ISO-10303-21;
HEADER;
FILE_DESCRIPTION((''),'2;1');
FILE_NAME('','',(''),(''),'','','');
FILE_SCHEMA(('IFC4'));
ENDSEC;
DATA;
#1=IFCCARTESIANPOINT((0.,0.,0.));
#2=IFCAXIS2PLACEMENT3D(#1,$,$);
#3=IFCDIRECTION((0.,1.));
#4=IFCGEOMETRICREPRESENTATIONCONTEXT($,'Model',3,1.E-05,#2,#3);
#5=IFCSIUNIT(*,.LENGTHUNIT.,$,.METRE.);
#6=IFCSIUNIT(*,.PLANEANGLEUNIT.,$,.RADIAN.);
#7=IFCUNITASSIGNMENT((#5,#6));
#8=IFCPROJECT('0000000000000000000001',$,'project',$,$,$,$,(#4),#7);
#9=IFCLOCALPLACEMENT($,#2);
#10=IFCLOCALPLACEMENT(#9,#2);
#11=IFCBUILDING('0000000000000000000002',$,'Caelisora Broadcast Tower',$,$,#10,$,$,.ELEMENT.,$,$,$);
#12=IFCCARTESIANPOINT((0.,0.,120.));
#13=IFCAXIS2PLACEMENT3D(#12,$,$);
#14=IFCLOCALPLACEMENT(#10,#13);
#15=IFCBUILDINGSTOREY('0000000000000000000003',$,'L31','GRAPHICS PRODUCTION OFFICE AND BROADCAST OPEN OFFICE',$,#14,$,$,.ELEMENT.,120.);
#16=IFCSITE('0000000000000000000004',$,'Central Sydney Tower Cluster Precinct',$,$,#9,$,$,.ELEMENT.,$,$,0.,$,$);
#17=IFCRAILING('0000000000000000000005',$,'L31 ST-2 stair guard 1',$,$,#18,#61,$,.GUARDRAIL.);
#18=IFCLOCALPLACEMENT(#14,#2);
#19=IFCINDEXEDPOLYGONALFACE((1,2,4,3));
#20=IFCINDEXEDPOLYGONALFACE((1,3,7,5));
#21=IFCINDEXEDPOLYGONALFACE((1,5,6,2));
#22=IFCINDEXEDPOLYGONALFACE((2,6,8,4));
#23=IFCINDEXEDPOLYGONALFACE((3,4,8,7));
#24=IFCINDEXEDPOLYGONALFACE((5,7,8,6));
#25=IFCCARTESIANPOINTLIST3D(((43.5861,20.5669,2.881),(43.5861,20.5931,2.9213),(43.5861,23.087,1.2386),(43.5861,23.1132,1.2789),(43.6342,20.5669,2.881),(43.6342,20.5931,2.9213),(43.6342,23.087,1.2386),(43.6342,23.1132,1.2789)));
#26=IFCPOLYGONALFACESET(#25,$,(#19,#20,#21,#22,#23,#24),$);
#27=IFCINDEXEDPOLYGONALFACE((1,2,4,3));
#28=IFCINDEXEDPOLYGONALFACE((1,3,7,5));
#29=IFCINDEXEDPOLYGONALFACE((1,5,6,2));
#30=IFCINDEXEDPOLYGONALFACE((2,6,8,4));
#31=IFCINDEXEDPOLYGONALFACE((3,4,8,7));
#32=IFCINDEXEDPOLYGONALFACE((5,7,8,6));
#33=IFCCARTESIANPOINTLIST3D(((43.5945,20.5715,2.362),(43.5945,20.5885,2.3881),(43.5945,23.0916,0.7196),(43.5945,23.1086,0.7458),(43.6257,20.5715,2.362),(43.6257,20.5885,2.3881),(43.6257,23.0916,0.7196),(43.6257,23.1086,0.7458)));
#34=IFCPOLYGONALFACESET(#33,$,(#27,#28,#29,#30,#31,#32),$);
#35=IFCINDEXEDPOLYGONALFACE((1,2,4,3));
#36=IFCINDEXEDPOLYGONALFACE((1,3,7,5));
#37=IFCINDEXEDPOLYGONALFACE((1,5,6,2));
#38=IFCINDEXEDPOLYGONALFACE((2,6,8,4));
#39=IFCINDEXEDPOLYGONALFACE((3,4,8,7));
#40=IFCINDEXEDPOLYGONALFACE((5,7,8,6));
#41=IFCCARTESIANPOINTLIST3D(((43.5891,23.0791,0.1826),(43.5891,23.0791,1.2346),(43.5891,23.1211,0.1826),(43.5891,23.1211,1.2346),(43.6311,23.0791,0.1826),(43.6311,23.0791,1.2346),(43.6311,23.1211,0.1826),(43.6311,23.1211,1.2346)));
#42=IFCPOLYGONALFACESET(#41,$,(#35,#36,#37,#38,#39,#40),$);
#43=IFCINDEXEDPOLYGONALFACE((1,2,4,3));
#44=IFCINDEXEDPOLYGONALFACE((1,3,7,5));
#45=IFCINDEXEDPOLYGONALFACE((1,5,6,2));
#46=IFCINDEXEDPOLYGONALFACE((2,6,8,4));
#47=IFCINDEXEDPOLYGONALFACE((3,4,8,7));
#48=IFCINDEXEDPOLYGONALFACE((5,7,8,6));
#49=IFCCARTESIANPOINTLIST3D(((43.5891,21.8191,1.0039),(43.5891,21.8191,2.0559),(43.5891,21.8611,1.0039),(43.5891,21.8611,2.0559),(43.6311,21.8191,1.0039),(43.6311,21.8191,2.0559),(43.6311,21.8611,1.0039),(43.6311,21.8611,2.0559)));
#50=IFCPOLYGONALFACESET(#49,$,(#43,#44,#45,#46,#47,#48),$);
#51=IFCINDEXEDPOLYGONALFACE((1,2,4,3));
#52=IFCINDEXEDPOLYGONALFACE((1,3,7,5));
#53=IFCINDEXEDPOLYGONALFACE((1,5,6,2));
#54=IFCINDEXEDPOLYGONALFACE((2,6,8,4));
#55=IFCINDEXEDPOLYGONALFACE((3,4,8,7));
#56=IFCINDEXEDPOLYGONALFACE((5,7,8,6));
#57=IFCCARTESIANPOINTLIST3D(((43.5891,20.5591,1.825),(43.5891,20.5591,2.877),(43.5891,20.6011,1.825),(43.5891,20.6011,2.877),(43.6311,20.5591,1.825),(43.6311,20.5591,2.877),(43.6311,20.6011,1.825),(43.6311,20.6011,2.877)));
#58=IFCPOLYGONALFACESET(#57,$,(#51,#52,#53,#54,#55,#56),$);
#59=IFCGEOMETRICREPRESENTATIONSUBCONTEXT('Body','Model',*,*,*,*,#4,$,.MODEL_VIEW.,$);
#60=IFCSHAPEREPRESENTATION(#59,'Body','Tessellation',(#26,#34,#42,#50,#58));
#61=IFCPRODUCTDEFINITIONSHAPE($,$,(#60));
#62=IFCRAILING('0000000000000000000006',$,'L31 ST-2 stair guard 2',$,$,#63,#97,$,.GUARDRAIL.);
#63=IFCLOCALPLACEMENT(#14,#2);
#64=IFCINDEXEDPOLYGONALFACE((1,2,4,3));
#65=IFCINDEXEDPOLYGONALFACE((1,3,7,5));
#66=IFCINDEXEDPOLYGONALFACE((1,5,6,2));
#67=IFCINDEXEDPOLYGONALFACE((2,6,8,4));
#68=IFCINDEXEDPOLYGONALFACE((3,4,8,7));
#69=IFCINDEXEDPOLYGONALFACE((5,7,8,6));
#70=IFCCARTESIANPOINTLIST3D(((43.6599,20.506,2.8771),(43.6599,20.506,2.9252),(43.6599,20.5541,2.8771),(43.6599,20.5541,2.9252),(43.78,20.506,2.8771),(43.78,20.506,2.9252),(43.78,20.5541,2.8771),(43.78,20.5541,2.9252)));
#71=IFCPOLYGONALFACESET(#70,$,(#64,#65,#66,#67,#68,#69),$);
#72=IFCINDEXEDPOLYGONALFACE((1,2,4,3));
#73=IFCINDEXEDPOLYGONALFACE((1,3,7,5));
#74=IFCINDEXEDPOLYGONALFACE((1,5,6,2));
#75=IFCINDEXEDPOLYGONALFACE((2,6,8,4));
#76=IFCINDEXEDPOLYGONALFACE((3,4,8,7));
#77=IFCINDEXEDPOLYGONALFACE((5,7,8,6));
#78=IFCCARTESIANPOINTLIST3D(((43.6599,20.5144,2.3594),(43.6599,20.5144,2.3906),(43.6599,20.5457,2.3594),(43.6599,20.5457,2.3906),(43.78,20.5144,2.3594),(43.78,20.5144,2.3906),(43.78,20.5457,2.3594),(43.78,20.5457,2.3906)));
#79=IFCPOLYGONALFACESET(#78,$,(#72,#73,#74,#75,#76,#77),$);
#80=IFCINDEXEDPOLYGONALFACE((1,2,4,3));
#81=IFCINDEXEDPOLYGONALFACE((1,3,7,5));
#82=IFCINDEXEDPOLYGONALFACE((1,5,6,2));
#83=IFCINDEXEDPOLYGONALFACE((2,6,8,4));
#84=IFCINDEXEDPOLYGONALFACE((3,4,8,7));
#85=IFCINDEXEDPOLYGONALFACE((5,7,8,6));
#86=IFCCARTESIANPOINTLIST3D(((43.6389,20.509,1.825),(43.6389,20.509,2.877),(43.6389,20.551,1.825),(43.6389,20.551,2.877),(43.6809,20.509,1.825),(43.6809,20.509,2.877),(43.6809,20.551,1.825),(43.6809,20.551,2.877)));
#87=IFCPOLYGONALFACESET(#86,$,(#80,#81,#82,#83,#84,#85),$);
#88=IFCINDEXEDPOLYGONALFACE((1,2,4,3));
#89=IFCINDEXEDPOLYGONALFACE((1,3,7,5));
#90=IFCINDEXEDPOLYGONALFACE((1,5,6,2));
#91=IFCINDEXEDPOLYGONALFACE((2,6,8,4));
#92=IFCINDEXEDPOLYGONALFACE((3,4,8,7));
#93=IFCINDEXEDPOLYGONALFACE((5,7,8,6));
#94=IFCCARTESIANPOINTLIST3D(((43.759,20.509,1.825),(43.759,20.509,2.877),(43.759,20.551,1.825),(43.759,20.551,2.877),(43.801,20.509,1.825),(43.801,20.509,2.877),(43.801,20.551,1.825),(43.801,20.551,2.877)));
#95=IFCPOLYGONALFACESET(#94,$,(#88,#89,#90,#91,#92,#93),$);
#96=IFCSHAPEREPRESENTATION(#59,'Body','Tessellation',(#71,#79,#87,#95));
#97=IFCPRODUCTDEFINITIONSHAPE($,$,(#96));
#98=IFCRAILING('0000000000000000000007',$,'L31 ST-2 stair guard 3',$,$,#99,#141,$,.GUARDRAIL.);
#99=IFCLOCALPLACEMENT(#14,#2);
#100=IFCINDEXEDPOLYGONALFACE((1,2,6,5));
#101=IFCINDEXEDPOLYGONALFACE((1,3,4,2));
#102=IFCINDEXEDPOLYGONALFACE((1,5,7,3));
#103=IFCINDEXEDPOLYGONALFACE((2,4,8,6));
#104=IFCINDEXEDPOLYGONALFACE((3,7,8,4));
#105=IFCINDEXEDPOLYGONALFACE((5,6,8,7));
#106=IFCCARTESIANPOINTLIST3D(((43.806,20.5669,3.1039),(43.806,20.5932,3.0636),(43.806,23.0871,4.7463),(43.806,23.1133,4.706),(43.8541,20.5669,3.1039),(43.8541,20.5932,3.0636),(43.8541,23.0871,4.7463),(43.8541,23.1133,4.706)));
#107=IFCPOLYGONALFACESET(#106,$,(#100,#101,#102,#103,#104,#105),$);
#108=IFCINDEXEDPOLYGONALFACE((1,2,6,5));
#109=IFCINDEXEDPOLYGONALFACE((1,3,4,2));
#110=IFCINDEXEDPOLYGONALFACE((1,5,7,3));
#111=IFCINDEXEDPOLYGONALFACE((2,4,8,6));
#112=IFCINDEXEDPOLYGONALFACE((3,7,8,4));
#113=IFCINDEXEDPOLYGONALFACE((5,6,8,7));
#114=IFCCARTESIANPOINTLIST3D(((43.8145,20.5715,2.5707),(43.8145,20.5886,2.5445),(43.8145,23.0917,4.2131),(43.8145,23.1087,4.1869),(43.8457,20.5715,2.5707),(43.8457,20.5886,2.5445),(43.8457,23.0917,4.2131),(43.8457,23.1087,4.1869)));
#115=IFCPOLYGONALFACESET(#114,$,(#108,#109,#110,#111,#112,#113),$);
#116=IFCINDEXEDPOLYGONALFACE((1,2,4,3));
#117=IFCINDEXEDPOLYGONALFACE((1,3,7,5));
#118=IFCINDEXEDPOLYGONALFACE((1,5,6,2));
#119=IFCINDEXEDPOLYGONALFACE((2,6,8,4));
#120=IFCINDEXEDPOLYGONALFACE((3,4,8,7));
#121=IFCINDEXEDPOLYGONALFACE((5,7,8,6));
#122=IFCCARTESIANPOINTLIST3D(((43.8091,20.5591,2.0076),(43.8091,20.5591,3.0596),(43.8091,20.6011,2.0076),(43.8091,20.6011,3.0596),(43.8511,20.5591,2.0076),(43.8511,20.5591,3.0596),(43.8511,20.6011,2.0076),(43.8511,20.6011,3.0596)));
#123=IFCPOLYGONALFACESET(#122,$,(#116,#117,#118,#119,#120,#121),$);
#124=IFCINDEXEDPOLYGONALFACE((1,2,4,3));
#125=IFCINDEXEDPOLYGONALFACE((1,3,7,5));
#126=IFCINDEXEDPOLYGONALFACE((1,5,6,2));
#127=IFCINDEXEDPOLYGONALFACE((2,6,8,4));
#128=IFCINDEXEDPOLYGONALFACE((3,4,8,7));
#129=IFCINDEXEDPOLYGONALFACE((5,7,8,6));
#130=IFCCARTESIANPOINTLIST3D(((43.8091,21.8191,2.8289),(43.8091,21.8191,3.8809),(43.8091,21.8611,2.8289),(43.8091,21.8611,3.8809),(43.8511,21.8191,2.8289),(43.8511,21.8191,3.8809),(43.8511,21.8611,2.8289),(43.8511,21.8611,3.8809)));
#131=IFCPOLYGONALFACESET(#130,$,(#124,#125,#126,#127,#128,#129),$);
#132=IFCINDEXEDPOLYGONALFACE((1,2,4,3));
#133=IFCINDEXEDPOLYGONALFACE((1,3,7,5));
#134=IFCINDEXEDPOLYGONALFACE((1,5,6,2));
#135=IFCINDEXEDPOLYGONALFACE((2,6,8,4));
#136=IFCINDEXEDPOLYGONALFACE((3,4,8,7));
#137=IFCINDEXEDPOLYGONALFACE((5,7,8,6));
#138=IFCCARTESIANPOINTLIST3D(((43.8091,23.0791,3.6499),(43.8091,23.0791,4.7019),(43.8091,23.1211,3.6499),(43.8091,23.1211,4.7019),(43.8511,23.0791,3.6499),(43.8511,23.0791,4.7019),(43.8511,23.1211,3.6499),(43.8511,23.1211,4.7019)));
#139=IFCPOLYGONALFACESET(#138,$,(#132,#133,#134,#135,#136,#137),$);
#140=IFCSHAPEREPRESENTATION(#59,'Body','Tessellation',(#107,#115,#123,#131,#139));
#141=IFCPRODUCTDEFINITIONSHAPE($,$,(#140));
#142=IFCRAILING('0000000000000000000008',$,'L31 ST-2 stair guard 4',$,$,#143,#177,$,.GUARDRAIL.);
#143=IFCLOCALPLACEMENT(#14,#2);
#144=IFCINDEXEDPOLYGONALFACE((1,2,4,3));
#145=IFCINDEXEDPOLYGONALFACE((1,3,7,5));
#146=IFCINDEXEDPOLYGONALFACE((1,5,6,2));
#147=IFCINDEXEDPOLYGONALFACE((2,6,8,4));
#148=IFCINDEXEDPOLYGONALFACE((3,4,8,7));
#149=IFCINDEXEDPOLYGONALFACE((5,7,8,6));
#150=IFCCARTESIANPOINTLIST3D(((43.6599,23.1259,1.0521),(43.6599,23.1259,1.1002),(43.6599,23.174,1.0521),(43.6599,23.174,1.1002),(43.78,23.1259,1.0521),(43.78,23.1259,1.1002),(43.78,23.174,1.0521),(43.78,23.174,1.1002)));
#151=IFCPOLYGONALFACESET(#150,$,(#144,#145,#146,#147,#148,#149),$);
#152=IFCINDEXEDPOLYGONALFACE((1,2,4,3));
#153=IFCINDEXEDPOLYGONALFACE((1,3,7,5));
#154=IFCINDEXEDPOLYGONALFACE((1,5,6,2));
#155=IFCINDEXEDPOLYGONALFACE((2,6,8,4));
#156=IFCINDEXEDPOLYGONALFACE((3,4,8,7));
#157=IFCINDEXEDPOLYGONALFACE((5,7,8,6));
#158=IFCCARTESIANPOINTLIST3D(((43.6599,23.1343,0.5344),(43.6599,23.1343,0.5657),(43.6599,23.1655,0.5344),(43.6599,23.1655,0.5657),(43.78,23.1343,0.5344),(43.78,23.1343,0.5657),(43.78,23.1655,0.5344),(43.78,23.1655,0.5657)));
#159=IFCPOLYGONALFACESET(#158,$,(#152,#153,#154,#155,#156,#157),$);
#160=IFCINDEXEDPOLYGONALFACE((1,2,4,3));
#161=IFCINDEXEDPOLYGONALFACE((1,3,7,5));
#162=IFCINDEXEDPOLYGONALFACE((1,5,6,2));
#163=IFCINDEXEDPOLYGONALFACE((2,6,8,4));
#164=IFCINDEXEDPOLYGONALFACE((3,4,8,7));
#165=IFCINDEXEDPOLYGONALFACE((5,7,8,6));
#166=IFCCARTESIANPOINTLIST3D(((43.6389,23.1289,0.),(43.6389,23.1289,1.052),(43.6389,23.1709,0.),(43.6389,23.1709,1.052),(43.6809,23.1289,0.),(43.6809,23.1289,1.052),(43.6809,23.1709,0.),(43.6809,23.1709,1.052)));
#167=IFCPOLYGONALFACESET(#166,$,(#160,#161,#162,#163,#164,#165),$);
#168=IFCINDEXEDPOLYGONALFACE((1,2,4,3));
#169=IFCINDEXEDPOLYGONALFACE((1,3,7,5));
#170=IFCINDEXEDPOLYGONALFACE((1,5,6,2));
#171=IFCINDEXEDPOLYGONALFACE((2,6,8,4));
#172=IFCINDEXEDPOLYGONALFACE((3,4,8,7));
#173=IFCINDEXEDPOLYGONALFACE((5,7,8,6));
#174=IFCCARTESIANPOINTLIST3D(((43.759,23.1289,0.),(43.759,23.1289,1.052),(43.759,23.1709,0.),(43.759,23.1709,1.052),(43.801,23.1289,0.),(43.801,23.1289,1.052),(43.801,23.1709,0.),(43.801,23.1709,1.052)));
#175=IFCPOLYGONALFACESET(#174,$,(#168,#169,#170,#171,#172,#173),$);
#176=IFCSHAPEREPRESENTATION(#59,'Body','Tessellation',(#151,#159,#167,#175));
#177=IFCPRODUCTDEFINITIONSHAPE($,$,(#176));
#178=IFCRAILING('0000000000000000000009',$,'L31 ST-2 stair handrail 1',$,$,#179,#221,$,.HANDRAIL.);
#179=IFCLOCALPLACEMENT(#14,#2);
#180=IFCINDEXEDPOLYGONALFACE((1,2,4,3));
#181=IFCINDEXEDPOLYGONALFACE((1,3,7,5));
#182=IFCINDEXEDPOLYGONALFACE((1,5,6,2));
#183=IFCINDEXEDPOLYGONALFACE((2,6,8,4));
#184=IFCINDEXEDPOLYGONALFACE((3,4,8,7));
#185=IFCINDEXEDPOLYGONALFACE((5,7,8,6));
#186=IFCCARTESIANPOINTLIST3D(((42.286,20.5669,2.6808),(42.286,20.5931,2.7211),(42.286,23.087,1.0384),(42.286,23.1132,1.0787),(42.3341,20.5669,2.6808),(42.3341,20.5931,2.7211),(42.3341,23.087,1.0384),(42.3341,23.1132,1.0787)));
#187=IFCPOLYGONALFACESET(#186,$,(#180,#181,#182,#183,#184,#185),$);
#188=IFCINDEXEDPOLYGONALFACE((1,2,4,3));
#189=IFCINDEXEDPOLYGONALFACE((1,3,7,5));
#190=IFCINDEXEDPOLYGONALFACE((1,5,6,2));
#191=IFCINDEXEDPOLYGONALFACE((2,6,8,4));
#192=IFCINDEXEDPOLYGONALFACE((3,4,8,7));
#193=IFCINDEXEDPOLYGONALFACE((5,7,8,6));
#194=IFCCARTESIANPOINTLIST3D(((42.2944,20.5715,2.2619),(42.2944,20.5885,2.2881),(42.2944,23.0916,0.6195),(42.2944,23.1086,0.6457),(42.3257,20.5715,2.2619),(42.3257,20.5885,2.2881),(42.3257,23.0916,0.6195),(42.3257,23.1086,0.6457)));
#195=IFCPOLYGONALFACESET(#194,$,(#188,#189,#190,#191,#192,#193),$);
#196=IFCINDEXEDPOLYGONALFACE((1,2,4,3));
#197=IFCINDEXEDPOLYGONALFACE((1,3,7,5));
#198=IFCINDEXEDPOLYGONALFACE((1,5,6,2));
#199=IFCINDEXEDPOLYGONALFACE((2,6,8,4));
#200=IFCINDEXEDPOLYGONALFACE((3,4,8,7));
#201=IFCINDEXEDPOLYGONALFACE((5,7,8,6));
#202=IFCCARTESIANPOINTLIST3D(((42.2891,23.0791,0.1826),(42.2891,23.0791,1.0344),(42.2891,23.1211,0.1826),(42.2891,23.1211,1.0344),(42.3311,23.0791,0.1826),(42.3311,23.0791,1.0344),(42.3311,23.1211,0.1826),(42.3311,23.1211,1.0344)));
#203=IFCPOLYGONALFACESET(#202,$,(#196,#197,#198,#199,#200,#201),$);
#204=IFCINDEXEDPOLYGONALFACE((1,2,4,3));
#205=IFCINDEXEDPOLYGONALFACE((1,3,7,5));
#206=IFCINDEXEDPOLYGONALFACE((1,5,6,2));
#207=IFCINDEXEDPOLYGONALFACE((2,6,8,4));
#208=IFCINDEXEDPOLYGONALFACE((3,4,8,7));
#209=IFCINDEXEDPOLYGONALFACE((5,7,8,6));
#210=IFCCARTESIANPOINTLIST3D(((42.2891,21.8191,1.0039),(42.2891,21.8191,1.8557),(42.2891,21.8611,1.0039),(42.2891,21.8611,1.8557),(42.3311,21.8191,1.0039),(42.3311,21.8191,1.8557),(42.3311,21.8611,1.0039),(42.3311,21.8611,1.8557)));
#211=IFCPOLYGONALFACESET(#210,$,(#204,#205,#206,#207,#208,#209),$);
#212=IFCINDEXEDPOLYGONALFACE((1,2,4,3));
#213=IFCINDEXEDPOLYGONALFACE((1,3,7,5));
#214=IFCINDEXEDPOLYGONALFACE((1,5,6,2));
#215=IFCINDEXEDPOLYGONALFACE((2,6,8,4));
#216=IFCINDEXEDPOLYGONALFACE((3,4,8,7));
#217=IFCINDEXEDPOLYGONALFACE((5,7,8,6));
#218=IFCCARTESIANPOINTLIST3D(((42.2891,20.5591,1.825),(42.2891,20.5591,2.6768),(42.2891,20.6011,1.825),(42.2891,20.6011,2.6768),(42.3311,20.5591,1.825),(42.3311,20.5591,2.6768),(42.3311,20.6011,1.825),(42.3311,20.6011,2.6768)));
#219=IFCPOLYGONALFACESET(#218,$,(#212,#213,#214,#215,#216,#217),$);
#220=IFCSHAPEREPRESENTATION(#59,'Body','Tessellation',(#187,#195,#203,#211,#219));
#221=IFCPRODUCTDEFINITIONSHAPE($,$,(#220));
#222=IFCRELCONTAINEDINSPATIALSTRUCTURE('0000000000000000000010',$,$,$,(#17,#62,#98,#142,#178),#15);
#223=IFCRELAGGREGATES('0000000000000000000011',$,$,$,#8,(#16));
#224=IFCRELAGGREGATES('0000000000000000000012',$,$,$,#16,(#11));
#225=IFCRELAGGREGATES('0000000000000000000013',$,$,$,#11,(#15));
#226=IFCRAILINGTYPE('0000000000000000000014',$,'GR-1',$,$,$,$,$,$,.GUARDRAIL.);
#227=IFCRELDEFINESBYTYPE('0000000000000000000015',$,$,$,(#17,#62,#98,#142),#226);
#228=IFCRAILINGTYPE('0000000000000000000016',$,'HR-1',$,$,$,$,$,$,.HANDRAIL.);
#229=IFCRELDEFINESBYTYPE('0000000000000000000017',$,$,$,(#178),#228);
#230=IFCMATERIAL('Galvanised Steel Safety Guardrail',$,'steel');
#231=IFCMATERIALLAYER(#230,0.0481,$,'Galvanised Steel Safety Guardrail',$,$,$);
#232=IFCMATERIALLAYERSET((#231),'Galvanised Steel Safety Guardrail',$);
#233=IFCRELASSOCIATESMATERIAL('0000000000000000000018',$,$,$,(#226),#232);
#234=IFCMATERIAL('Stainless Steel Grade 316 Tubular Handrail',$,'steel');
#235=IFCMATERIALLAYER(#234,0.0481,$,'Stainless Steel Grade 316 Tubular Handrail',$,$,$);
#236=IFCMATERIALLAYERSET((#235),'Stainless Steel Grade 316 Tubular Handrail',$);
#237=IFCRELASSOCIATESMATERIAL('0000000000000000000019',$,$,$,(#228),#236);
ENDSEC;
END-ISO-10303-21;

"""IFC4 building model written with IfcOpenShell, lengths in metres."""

from ifc_helpers import new_model, si_unit, direction, frame, origin, origin_2d, place, context, subcontext, project, spatial, rectangle, extrude, material, layer, layer_set, type_object, element, save


model = new_model("IFC4")

# Units and contexts
model_context = context("Model", 3, precision=1e-05, world=origin(), true_north=direction((0.0, 1.0)))
body_context = subcontext(model_context, "Body", "Model", "MODEL_VIEW")
ifc_project = project(units=[si_unit("LENGTHUNIT", "METRE"), si_unit("PLANEANGLEUNIT", "RADIAN")], contexts=[model_context])

# Site, building, storey
site_placement = place(None, origin())
site = spatial("IfcSite", under=ifc_project, at=site_placement, Name="Central Sydney Tower Cluster Precinct", CompositionType="ELEMENT", RefElevation=0.0)
building_placement = place(site_placement, origin())
building = spatial("IfcBuilding", under=site, at=building_placement, Name="Caelisora Broadcast Tower", CompositionType="ELEMENT")
storey_placement = place(building_placement, frame((0.0, 0.0, 120.0)))
storey = spatial("IfcBuildingStorey", under=building, at=storey_placement, Name="L31", Description="GRAPHICS PRODUCTION OFFICE AND BROADCAST OPEN OFFICE", CompositionType="ELEMENT", Elevation=120.0)

# Railings
ifc_material_1 = material(Name="Galvanised Steel Safety Guardrail", Category="steel")
ifc_layer_1 = layer(ifc_material_1, 0.0481, Name="Galvanised Steel Safety Guardrail")
ifc_layer_set_1 = layer_set([ifc_layer_1], Name="Galvanised Steel Safety Guardrail")
railing_type_1 = type_object("IfcRailingType", Name="GR-1", PredefinedType="GUARDRAIL", material=ifc_layer_set_1)
railing_1_placement = place(storey_placement, frame((43.6101, 23.1001, 0.1826)))
element("IfcRailing", 1, at=railing_1_placement, inside=storey, type_object=railing_type_1, Name="L31 ST-2 stair guard 1", PredefinedType="GUARDRAIL", context=body_context, shape_type="SweptSolid", body=[
    extrude(rectangle(XDim=0.0481, YDim=0.0481, at=origin_2d()), frame((0.0, 0.0, 1.0762), z_axis=(0.0, -0.837787, 0.545998), x_axis=(1.0, 0.0, 0.0)), (0.0, 0.0, 1.0), 3.0081),
    extrude(rectangle(XDim=0.0312, YDim=0.0312, at=origin_2d()), frame((0.0, 0.0, 0.55), z_axis=(0.0, -0.837787, 0.545998), x_axis=(1.0, 0.0, 0.0)), (0.0, 0.0, 1.0), 3.0081),
    extrude(rectangle(XDim=0.042, YDim=0.042, at=origin_2d()), origin(), (0.0, 0.0, 1.0), 1.052),
    extrude(rectangle(XDim=0.042, YDim=0.042, at=origin_2d()), frame((0.0, -1.26, 0.8213)), (0.0, 0.0, 1.0), 1.052),
    extrude(rectangle(XDim=0.042, YDim=0.042, at=origin_2d()), frame((0.0, -2.52, 1.6423)), (0.0, 0.0, 1.0), 1.052),
])
railing_2_placement = place(storey_placement, frame((43.6599, 20.53, 1.825)))
element("IfcRailing", 2, at=railing_2_placement, inside=storey, type_object=railing_type_1, Name="L31 ST-2 stair guard 2", PredefinedType="GUARDRAIL", context=body_context, shape_type="SweptSolid", body=[
    extrude(rectangle(XDim=0.0481, YDim=0.0481, at=origin_2d()), frame((0.0, 0.0, 1.0762), z_axis=(1.0, 0.0, 0.0), x_axis=(0.0, 1.0, 0.0)), (0.0, 0.0, 1.0), 0.1201),
    extrude(rectangle(XDim=0.0312, YDim=0.0312, at=origin_2d()), frame((0.0, 0.0, 0.55), z_axis=(1.0, 0.0, 0.0), x_axis=(0.0, 1.0, 0.0)), (0.0, 0.0, 1.0), 0.1201),
    extrude(rectangle(XDim=0.042, YDim=0.042, at=origin_2d()), origin(), (0.0, 0.0, 1.0), 1.052),
    extrude(rectangle(XDim=0.042, YDim=0.042, at=origin_2d()), frame((0.1201, 0.0, 0.0)), (0.0, 0.0, 1.0), 1.052),
])
railing_3_placement = place(storey_placement, frame((43.8301, 20.5801, 2.0076)))
element("IfcRailing", 3, at=railing_3_placement, inside=storey, type_object=railing_type_1, Name="L31 ST-2 stair guard 3", PredefinedType="GUARDRAIL", context=body_context, shape_type="SweptSolid", body=[
    extrude(rectangle(XDim=0.0481, YDim=0.0481, at=origin_2d()), frame((0.0, 0.0, 1.0762), z_axis=(0.0, 0.837787, 0.545998), x_axis=(-1.0, 0.0, 0.0)), (0.0, 0.0, 1.0), 3.0081),
    extrude(rectangle(XDim=0.0312, YDim=0.0312, at=origin_2d()), frame((0.0, 0.0, 0.55), z_axis=(0.0, 0.837787, 0.545998), x_axis=(-1.0, 0.0, 0.0)), (0.0, 0.0, 1.0), 3.0081),
    extrude(rectangle(XDim=0.042, YDim=0.042, at=origin_2d()), origin(), (0.0, 0.0, 1.0), 1.052),
    extrude(rectangle(XDim=0.042, YDim=0.042, at=origin_2d()), frame((0.0, 1.26, 0.8213)), (0.0, 0.0, 1.0), 1.052),
    extrude(rectangle(XDim=0.042, YDim=0.042, at=origin_2d()), frame((0.0, 2.52, 1.6423)), (0.0, 0.0, 1.0), 1.052),
])
railing_4_placement = place(storey_placement, frame((43.6599, 23.1499, 0.0)))
element("IfcRailing", 4, at=railing_4_placement, inside=storey, type_object=railing_type_1, Name="L31 ST-2 stair guard 4", PredefinedType="GUARDRAIL", context=body_context, shape_type="SweptSolid", body=[
    extrude(rectangle(XDim=0.0481, YDim=0.0481, at=origin_2d()), frame((0.0, 0.0, 1.0762), z_axis=(1.0, 0.0, 0.0), x_axis=(0.0, 1.0, 0.0)), (0.0, 0.0, 1.0), 0.1201),
    extrude(rectangle(XDim=0.0312, YDim=0.0312, at=origin_2d()), frame((0.0, 0.0, 0.55), z_axis=(1.0, 0.0, 0.0), x_axis=(0.0, 1.0, 0.0)), (0.0, 0.0, 1.0), 0.1201),
    extrude(rectangle(XDim=0.042, YDim=0.042, at=origin_2d()), origin(), (0.0, 0.0, 1.0), 1.052),
    extrude(rectangle(XDim=0.042, YDim=0.042, at=origin_2d()), frame((0.1201, 0.0, 0.0)), (0.0, 0.0, 1.0), 1.052),
])
ifc_material_2 = material(Name="Stainless Steel Grade 316 Tubular Handrail", Category="steel")
ifc_layer_2 = layer(ifc_material_2, 0.0481, Name="Stainless Steel Grade 316 Tubular Handrail")
ifc_layer_set_2 = layer_set([ifc_layer_2], Name="Stainless Steel Grade 316 Tubular Handrail")
railing_type_2 = type_object("IfcRailingType", Name="HR-1", PredefinedType="HANDRAIL", material=ifc_layer_set_2)
railing_5_placement = place(storey_placement, frame((42.3101, 23.1001, 0.1826)))
element("IfcRailing", 5, at=railing_5_placement, inside=storey, type_object=railing_type_2, Name="L31 ST-2 stair handrail 1", PredefinedType="HANDRAIL", context=body_context, shape_type="SweptSolid", body=[
    extrude(rectangle(XDim=0.0481, YDim=0.0481, at=origin_2d()), frame((0.0, 0.0, 0.876), z_axis=(0.0, -0.837787, 0.545998), x_axis=(1.0, 0.0, 0.0)), (0.0, 0.0, 1.0), 3.0081),
    extrude(rectangle(XDim=0.0312, YDim=0.0312, at=origin_2d()), frame((0.0, 0.0, 0.45), z_axis=(0.0, -0.837787, 0.545998), x_axis=(1.0, 0.0, 0.0)), (0.0, 0.0, 1.0), 3.0081),
    extrude(rectangle(XDim=0.042, YDim=0.042, at=origin_2d()), origin(), (0.0, 0.0, 1.0), 0.8518),
    extrude(rectangle(XDim=0.042, YDim=0.042, at=origin_2d()), frame((0.0, -1.26, 0.8213)), (0.0, 0.0, 1.0), 0.8518),
    extrude(rectangle(XDim=0.042, YDim=0.042, at=origin_2d()), frame((0.0, -2.52, 1.6423)), (0.0, 0.0, 1.0), 0.8518),
])

save(model, "model.ifc")
